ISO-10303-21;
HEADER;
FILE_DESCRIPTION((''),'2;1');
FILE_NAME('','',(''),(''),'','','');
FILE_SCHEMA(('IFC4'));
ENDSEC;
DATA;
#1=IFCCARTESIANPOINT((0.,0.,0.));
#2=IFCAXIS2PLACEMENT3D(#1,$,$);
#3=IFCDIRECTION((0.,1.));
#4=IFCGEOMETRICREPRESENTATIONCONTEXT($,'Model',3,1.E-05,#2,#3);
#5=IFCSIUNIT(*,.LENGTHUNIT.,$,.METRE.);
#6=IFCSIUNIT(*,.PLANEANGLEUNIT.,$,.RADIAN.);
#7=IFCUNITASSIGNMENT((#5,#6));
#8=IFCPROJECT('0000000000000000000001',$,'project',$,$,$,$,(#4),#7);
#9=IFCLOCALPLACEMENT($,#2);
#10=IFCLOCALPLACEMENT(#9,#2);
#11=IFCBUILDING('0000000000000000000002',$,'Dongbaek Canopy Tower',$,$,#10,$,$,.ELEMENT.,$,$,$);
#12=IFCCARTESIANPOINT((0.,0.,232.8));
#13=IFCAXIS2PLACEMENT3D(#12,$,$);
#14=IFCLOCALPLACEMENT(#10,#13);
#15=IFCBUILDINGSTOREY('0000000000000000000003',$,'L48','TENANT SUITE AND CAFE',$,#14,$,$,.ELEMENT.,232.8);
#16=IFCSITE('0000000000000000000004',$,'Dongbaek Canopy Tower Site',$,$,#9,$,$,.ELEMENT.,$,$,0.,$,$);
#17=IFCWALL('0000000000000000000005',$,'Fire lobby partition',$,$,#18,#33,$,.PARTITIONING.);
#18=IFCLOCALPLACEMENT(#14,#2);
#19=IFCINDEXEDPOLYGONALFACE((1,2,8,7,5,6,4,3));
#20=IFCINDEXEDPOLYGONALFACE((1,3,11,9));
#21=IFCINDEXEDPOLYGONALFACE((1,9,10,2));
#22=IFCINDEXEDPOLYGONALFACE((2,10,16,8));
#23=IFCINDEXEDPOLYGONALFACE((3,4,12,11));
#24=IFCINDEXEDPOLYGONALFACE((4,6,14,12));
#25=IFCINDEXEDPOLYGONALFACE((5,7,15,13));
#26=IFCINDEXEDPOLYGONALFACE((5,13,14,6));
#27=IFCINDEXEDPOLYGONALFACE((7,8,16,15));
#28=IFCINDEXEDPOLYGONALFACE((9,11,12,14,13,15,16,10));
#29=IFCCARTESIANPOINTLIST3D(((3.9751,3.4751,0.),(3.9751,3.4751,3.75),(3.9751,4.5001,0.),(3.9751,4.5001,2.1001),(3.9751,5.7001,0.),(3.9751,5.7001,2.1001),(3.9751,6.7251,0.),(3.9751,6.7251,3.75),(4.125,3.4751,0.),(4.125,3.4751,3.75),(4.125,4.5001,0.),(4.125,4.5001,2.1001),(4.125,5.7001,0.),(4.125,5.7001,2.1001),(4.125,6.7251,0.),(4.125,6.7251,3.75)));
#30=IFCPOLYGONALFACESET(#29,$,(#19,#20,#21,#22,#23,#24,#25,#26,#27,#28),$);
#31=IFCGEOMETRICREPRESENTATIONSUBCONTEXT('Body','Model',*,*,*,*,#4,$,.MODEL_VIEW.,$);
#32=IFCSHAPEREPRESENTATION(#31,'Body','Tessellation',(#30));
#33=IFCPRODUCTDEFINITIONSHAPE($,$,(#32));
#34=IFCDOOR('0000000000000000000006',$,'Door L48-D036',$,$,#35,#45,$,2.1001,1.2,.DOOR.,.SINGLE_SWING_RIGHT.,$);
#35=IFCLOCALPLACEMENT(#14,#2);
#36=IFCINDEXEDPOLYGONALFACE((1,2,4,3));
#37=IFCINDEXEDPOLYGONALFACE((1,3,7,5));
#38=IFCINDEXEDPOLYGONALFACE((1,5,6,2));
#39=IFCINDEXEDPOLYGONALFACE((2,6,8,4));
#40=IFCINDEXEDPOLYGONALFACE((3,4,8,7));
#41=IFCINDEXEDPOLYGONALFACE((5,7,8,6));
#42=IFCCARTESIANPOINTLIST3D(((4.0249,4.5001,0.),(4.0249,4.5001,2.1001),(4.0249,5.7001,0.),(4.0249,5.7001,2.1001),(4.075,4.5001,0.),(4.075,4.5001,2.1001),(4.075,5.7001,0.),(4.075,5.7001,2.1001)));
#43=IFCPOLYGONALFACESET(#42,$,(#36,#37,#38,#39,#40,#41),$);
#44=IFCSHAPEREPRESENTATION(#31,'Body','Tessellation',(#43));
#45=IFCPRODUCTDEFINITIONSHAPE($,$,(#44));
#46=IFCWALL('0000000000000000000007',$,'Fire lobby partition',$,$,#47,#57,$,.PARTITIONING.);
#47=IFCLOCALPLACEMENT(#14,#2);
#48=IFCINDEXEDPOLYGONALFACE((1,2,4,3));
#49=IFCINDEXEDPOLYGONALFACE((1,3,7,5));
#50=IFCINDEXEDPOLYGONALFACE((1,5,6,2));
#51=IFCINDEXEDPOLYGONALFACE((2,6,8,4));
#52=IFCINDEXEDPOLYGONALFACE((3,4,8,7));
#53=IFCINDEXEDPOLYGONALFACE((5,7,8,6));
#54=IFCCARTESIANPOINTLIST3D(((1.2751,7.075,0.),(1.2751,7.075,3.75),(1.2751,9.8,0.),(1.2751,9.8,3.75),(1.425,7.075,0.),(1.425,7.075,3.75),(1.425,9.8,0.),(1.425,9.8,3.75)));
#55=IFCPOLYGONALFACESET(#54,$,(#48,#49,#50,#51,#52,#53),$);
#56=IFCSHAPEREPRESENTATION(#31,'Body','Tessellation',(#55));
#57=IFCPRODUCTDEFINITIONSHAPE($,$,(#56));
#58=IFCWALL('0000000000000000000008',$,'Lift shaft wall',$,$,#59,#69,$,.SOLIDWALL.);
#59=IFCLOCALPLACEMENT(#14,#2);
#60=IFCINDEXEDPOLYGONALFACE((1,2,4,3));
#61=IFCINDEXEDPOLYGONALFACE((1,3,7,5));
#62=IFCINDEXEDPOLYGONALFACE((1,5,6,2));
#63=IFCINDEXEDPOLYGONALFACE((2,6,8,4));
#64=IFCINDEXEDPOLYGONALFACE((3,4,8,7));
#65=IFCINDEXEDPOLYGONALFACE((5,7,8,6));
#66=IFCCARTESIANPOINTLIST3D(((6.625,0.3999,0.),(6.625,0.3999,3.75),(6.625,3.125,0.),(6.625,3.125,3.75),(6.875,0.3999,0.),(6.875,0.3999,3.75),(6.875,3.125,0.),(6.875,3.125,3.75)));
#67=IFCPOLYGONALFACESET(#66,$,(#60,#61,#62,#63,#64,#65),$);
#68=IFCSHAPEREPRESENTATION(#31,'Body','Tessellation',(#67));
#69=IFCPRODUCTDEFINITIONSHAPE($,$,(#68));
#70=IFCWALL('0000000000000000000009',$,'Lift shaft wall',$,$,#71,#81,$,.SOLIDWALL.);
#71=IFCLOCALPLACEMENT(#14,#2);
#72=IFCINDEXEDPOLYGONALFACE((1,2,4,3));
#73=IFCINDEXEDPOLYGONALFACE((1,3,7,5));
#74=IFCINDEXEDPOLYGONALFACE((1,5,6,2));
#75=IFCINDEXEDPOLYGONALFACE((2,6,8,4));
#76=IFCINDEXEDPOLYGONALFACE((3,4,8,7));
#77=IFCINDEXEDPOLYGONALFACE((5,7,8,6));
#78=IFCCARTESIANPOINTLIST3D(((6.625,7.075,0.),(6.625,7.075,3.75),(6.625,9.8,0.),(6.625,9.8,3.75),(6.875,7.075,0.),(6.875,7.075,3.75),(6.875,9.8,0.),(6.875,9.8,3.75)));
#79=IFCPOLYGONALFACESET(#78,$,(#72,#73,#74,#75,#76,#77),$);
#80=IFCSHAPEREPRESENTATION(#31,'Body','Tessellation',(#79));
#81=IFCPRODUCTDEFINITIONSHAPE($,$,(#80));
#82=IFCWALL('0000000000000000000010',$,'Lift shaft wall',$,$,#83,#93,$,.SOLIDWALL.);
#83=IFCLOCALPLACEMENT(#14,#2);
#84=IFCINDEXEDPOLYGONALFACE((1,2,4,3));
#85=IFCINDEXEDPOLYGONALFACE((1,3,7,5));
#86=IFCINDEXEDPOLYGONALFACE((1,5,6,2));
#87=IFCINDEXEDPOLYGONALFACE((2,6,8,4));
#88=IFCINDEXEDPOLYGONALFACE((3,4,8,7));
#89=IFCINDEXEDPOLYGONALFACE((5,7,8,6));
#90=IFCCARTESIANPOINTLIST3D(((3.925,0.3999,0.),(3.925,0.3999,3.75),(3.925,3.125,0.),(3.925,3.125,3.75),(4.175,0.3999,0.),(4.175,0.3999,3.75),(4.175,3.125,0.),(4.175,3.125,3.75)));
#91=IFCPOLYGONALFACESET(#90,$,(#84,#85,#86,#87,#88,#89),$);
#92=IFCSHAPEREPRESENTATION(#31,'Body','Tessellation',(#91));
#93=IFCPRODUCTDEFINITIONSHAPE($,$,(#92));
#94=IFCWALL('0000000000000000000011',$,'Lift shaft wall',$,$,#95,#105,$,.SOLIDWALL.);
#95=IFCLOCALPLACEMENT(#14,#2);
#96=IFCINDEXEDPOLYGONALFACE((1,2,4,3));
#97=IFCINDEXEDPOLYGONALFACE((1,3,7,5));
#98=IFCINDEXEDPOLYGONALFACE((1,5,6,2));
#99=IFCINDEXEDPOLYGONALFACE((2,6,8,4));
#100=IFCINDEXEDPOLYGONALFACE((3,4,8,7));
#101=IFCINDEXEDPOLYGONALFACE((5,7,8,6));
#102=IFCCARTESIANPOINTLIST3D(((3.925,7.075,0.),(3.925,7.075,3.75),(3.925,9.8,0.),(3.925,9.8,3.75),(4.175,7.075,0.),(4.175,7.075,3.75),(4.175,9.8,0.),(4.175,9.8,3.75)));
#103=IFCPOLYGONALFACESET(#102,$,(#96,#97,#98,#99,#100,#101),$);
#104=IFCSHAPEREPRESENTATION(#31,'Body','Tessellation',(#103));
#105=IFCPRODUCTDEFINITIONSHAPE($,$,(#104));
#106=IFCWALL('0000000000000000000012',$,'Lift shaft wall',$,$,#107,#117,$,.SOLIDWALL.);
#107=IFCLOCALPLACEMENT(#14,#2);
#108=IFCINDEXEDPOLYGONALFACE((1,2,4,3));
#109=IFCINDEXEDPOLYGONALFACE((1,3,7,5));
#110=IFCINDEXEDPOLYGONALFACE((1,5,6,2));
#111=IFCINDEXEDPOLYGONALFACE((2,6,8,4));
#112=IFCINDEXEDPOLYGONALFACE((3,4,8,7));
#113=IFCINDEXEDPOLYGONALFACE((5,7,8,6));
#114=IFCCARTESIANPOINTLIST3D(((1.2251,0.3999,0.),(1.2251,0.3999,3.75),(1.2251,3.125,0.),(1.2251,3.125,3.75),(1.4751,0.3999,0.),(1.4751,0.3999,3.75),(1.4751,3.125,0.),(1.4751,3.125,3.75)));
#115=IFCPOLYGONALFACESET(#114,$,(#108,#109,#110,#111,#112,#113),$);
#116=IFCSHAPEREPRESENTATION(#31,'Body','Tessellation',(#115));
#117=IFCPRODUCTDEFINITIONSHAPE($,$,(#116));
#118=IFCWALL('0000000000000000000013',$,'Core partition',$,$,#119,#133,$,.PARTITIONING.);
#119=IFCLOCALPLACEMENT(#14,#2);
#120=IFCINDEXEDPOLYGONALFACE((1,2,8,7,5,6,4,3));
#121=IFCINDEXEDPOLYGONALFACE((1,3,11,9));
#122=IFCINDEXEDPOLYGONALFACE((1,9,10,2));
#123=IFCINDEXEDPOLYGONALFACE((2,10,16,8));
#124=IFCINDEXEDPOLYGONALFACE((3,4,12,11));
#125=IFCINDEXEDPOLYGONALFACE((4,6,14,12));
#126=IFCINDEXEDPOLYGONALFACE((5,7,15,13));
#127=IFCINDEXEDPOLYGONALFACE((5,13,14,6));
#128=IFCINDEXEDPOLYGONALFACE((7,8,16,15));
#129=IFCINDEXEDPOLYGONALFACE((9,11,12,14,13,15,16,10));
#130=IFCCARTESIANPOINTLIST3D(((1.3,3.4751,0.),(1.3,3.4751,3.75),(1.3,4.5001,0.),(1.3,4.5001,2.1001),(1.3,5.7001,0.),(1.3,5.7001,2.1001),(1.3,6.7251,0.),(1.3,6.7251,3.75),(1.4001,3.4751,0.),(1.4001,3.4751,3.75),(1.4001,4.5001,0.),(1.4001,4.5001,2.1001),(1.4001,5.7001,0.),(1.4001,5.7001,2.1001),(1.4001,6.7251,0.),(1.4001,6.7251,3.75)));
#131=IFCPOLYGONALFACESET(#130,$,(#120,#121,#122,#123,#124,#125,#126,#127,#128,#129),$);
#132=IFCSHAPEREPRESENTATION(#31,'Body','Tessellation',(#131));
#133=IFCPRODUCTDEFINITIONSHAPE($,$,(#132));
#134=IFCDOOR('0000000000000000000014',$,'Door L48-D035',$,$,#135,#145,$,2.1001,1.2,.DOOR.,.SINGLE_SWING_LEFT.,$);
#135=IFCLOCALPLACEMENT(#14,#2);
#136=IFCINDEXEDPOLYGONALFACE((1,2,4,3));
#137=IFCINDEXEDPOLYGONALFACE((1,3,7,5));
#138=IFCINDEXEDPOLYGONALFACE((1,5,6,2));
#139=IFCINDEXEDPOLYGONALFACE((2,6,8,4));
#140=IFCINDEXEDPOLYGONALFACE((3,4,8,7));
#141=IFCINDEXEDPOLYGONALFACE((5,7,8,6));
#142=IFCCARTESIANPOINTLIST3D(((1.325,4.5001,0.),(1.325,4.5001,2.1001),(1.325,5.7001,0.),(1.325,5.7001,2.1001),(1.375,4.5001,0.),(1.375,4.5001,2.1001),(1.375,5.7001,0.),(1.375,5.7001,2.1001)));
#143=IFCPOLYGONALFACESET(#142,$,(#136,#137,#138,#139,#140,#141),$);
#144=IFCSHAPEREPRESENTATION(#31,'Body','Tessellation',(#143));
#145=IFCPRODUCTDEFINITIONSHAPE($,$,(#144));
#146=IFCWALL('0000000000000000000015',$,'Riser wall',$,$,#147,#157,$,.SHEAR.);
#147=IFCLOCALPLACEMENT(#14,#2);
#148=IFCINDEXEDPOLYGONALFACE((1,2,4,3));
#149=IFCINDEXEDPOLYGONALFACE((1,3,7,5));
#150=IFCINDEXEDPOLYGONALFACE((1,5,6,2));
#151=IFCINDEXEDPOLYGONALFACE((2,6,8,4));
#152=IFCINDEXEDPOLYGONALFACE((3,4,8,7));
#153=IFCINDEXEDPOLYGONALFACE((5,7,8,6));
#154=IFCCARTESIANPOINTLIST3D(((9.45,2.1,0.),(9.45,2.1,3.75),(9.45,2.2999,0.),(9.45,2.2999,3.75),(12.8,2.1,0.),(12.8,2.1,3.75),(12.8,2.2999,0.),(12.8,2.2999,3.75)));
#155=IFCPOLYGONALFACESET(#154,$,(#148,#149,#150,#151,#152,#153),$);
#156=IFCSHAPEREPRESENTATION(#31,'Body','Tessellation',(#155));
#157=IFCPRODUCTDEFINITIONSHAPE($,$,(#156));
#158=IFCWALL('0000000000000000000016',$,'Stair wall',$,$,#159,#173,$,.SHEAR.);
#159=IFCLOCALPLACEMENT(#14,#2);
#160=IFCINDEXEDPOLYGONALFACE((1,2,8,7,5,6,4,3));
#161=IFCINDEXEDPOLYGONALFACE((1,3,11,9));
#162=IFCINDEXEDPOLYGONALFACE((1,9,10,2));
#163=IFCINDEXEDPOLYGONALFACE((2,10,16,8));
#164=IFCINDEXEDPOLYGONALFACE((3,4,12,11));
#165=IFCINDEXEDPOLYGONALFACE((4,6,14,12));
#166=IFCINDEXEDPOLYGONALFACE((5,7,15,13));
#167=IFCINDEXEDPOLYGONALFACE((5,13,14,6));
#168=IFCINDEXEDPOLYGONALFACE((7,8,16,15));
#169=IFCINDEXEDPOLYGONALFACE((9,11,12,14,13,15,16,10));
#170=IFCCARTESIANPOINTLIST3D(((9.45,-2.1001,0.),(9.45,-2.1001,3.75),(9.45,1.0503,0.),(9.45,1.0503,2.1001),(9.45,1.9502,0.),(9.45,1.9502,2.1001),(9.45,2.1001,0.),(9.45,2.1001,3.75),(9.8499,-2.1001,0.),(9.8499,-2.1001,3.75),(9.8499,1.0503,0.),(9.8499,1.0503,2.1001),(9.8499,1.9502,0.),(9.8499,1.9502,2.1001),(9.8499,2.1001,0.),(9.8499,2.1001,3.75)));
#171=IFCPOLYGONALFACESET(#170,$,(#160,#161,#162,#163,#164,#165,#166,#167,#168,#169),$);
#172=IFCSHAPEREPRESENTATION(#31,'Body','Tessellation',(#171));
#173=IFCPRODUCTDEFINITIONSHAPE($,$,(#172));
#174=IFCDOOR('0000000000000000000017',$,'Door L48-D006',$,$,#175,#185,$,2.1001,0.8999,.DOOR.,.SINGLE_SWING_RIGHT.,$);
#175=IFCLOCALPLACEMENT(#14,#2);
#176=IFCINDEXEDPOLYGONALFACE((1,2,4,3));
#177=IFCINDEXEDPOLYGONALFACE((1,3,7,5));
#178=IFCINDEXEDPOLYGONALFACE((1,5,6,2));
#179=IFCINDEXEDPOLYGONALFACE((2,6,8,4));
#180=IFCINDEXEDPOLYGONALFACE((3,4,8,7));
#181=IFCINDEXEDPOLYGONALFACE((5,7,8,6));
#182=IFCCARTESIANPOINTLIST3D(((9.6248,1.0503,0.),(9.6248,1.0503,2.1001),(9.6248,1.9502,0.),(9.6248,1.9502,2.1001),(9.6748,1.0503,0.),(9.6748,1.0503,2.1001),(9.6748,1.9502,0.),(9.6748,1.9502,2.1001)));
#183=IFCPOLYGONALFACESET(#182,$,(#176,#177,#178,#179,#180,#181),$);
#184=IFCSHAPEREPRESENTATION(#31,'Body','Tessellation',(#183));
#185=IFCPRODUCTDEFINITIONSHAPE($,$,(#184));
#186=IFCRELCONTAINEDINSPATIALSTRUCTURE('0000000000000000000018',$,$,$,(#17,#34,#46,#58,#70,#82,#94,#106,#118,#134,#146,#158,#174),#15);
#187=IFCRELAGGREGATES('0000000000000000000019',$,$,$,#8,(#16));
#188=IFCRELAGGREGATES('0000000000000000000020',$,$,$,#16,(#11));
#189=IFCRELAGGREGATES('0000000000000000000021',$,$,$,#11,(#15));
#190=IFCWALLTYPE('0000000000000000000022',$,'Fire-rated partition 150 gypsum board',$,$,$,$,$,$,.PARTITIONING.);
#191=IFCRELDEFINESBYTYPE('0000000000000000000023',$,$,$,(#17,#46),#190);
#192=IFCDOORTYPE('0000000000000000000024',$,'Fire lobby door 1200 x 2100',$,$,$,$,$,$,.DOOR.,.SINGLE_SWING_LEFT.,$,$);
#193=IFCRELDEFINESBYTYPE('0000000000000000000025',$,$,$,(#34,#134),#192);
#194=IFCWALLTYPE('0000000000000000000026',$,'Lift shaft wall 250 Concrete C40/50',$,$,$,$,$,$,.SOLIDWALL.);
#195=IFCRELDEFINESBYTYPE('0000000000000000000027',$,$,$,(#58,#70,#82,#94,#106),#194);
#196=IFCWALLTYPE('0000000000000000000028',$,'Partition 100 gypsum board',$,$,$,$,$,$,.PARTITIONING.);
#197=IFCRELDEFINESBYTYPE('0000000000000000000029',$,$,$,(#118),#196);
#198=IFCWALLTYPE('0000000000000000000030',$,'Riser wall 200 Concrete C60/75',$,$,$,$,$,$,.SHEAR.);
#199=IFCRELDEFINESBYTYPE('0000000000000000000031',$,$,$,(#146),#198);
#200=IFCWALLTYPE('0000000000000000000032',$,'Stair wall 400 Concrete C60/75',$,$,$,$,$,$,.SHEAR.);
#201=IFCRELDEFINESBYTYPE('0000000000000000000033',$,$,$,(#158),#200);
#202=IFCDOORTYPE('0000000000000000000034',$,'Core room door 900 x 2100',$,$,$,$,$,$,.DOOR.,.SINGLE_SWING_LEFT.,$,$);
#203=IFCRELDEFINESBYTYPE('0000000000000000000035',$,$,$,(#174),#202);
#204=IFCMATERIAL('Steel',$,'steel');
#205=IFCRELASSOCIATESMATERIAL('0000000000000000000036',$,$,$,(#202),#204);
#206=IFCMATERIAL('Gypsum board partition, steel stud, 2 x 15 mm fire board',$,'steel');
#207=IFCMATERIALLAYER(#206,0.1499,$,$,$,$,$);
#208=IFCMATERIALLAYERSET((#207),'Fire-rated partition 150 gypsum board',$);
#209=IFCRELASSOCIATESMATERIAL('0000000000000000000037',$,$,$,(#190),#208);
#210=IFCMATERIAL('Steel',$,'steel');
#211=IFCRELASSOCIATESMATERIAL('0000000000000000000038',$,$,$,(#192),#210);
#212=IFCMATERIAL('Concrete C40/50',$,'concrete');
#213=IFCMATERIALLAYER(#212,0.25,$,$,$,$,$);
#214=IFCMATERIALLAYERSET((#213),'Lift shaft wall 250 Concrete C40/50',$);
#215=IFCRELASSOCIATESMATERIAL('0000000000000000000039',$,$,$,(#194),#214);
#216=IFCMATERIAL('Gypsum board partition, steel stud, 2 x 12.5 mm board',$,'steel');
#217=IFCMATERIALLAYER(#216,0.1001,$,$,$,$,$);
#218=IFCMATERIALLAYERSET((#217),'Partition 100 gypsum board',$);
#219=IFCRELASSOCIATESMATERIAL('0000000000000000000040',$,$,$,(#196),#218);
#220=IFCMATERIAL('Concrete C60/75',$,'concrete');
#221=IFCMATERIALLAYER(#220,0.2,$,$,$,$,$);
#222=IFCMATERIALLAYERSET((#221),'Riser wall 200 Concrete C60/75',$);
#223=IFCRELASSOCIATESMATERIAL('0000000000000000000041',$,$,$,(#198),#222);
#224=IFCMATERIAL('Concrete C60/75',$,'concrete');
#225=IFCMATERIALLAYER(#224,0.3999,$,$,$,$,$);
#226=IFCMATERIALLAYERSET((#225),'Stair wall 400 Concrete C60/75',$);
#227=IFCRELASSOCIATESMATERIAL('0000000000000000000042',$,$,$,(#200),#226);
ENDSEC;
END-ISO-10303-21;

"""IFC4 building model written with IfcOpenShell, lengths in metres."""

from ifc_helpers import new_model, si_unit, direction, frame, frame_2d, origin, place, context, subcontext, project, spatial, rectangle, extrude, material, layer, layer_set, type_object, element, fill, save


model = new_model("IFC4")

# Units and contexts
model_context = context("Model", 3, precision=1e-05, world=origin(), true_north=direction((0.0, 1.0)))
body_context = subcontext(model_context, "Body", "Model", "MODEL_VIEW")
ifc_project = project(units=[si_unit("LENGTHUNIT", "METRE"), si_unit("PLANEANGLEUNIT", "RADIAN")], contexts=[model_context])

# Site, building, storey
site_placement = place(None, origin())
site = spatial("IfcSite", under=ifc_project, at=site_placement, Name="Dongbaek Canopy Tower Site", CompositionType="ELEMENT", RefElevation=0.0)
building_placement = place(site_placement, origin())
building = spatial("IfcBuilding", under=site, at=building_placement, Name="Dongbaek Canopy Tower", CompositionType="ELEMENT")
storey_placement = place(building_placement, frame((0.0, 0.0, 232.8)))
storey = spatial("IfcBuildingStorey", under=building, at=storey_placement, Name="L48", Description="TENANT SUITE AND CAFE", CompositionType="ELEMENT", Elevation=232.8)

# Shared definitions
ifc_material_1 = material(Name="Steel", Category="steel")
door_type_1 = type_object("IfcDoorType", Name="Core room door 900 x 2100", OperationType="SINGLE_SWING_LEFT", PredefinedType="DOOR", material=ifc_material_1)

# Wall, opening, door
ifc_material_2 = material(Name="Gypsum board partition, steel stud, 2 x 15 mm fire board", Category="steel")
ifc_layer_1 = layer(ifc_material_2, 0.1499)
ifc_layer_set_1 = layer_set([ifc_layer_1], Name="Fire-rated partition 150 gypsum board")
wall_type_1 = type_object("IfcWallType", Name="Fire-rated partition 150 gypsum board", PredefinedType="PARTITIONING", material=ifc_layer_set_1)
wall_1_placement = place(storey_placement, frame((4.05, 6.7251, 0.0), z_axis=(0.0, 0.0, 1.0), x_axis=(0.0, -1.0, 0.0)))
wall_1 = element("IfcWall", 1, at=wall_1_placement, inside=storey, type_object=wall_type_1, Name="Fire lobby partition", PredefinedType="PARTITIONING", context=body_context, shape_type="SweptSolid", body=[
    extrude(rectangle(XDim=3.25, YDim=0.1499, at=frame_2d((1.625, 0.0))), origin(), (0.0, 0.0, 1.0), 3.75),
])
opening_1_placement = place(wall_1_placement, frame((1.0249, 0.0, 0.0)))
opening_1 = element("IfcOpeningElement", 2, at=opening_1_placement, cuts=wall_1, PredefinedType="OPENING", context=body_context, shape_type="SweptSolid", body=[
    extrude(rectangle(XDim=1.2, YDim=2.1001, at=frame_2d((0.6001, 1.05))), frame((0.0, 0.085, 0.0), z_axis=(0.0, -1.0, 0.0), x_axis=(1.0, 0.0, 0.0)), (0.0, 0.0, 1.0), 0.1699),
])
ifc_material_3 = material(Name="Steel", Category="steel")
door_type_2 = type_object("IfcDoorType", Name="Fire lobby door 1200 x 2100", OperationType="SINGLE_SWING_LEFT", PredefinedType="DOOR", material=ifc_material_3)
door_1_placement = place(opening_1_placement, origin())
door_1 = element("IfcDoor", 3, at=door_1_placement, inside=storey, type_object=door_type_2, Name="Door L48-D036", OperationType="SINGLE_SWING_RIGHT", OverallHeight=2.1001, OverallWidth=1.2, PredefinedType="DOOR", context=body_context, shape_type="SweptSolid", body=[
    extrude(rectangle(XDim=1.2, YDim=2.1001, at=frame_2d((0.6001, 1.05))), frame((0.0, 0.0249, 0.0), z_axis=(0.0, -1.0, 0.0), x_axis=(1.0, 0.0, 0.0)), (0.0, 0.0, 1.0), 0.05),
])
fill(opening_1, door_1)

# Walls
wall_2_placement = place(storey_placement, frame((1.3501, 7.075, 0.0), z_axis=(0.0, 0.0, 1.0), x_axis=(0.0, 1.0, 0.0)))
element("IfcWall", 4, at=wall_2_placement, inside=storey, type_object=wall_type_1, Name="Fire lobby partition", PredefinedType="PARTITIONING", context=body_context, shape_type="SweptSolid", body=[
    extrude(rectangle(XDim=2.7251, YDim=0.1499, at=frame_2d((1.3625, 0.0))), origin(), (0.0, 0.0, 1.0), 3.75),
])
ifc_material_4 = material(Name="Concrete C40/50", Category="concrete")
ifc_layer_2 = layer(ifc_material_4, 0.25)
ifc_layer_set_2 = layer_set([ifc_layer_2], Name="Lift shaft wall 250 Concrete C40/50")
wall_type_2 = type_object("IfcWallType", Name="Lift shaft wall 250 Concrete C40/50", PredefinedType="SOLIDWALL", material=ifc_layer_set_2)
for number, where, z_axis, x_axis, name in (
    (5, (6.75, 0.3999, 0.0), (0.0, 0.0, 1.0), (0.0, 1.0, 0.0), "Lift shaft wall"),
    (6, (6.75, 7.075, 0.0), (0.0, 0.0, 1.0), (0.0, 1.0, 0.0), "Lift shaft wall"),
    (7, (4.05, 0.3999, 0.0), (0.0, 0.0, 1.0), (0.0, 1.0, 0.0), "Lift shaft wall"),
    (8, (4.05, 7.075, 0.0), (0.0, 0.0, 1.0), (0.0, 1.0, 0.0), "Lift shaft wall"),
    (9, (1.3501, 0.3999, 0.0), (0.0, 0.0, 1.0), (0.0, 1.0, 0.0), "Lift shaft wall"),
):
    element("IfcWall", number, at=place(storey_placement, frame(where, z_axis=z_axis, x_axis=x_axis)), inside=storey, type_object=wall_type_2, Name=name, PredefinedType="SOLIDWALL", context=body_context, shape_type="SweptSolid", body=[
        extrude(rectangle(XDim=2.7251, YDim=0.25, at=frame_2d((1.3625, 0.0))), origin(), (0.0, 0.0, 1.0), 3.75),
    ])

# Wall, opening, door
ifc_material_5 = material(Name="Gypsum board partition, steel stud, 2 x 12.5 mm board", Category="steel")
ifc_layer_3 = layer(ifc_material_5, 0.1001)
ifc_layer_set_3 = layer_set([ifc_layer_3], Name="Partition 100 gypsum board")
wall_type_3 = type_object("IfcWallType", Name="Partition 100 gypsum board", PredefinedType="PARTITIONING", material=ifc_layer_set_3)
wall_3_placement = place(storey_placement, frame((1.3501, 6.7251, 0.0), z_axis=(0.0, 0.0, 1.0), x_axis=(0.0, -1.0, 0.0)))
wall_3 = element("IfcWall", 10, at=wall_3_placement, inside=storey, type_object=wall_type_3, Name="Core partition", PredefinedType="PARTITIONING", context=body_context, shape_type="SweptSolid", body=[
    extrude(rectangle(XDim=3.25, YDim=0.1001, at=frame_2d((1.625, 0.0))), origin(), (0.0, 0.0, 1.0), 3.75),
])
opening_2_placement = place(wall_3_placement, frame((1.0249, 0.0, 0.0)))
opening_2 = element("IfcOpeningElement", 11, at=opening_2_placement, cuts=wall_3, PredefinedType="OPENING", context=body_context, shape_type="SweptSolid", body=[
    extrude(rectangle(XDim=1.2, YDim=2.1001, at=frame_2d((0.6001, 1.05))), frame((0.0, 0.0601, 0.0), z_axis=(0.0, -1.0, 0.0), x_axis=(1.0, 0.0, 0.0)), (0.0, 0.0, 1.0), 0.1201),
])
door_2_placement = place(opening_2_placement, origin())
door_2 = element("IfcDoor", 12, at=door_2_placement, inside=storey, type_object=door_type_2, Name="Door L48-D035", OperationType="SINGLE_SWING_LEFT", OverallHeight=2.1001, OverallWidth=1.2, PredefinedType="DOOR", context=body_context, shape_type="SweptSolid", body=[
    extrude(rectangle(XDim=1.2, YDim=2.1001, at=frame_2d((0.6001, 1.05))), frame((0.0, 0.0249, 0.0), z_axis=(0.0, -1.0, 0.0), x_axis=(1.0, 0.0, 0.0)), (0.0, 0.0, 1.0), 0.05),
])
fill(opening_2, door_2)

# Wall
ifc_material_6 = material(Name="Concrete C60/75", Category="concrete")
ifc_layer_4 = layer(ifc_material_6, 0.2)
ifc_layer_set_4 = layer_set([ifc_layer_4], Name="Riser wall 200 Concrete C60/75")
wall_type_4 = type_object("IfcWallType", Name="Riser wall 200 Concrete C60/75", PredefinedType="SHEAR", material=ifc_layer_set_4)
wall_4_placement = place(storey_placement, frame((9.45, 2.2, 0.0), z_axis=(0.0, 0.0, 1.0), x_axis=(1.0, 0.0, 0.0)))
element("IfcWall", 13, at=wall_4_placement, inside=storey, type_object=wall_type_4, Name="Riser wall", PredefinedType="SHEAR", context=body_context, shape_type="SweptSolid", body=[
    extrude(rectangle(XDim=3.3501, YDim=0.2, at=frame_2d((1.675, 0.0))), origin(), (0.0, 0.0, 1.0), 3.75),
])

# Wall, opening, door
ifc_material_7 = material(Name="Concrete C60/75", Category="concrete")
ifc_layer_5 = layer(ifc_material_7, 0.3999)
ifc_layer_set_5 = layer_set([ifc_layer_5], Name="Stair wall 400 Concrete C60/75")
wall_type_5 = type_object("IfcWallType", Name="Stair wall 400 Concrete C60/75", PredefinedType="SHEAR", material=ifc_layer_set_5)
wall_5_placement = place(storey_placement, frame((9.6499, 2.1001, 0.0), z_axis=(0.0, 0.0, 1.0), x_axis=(0.0, -1.0, 0.0)))
wall_5 = element("IfcWall", 14, at=wall_5_placement, inside=storey, type_object=wall_type_5, Name="Stair wall", PredefinedType="SHEAR", context=body_context, shape_type="SweptSolid", body=[
    extrude(rectangle(XDim=4.2002, YDim=0.3999, at=frame_2d((2.1001, 0.0))), origin(), (0.0, 0.0, 1.0), 3.75),
])
opening_3_placement = place(wall_5_placement, frame((0.1499, 0.0, 0.0)))
opening_3 = element("IfcOpeningElement", 15, at=opening_3_placement, cuts=wall_5, PredefinedType="OPENING", context=body_context, shape_type="SweptSolid", body=[
    extrude(rectangle(XDim=0.8999, YDim=2.1001, at=frame_2d((0.45, 1.05))), frame((0.0, 0.21, 0.0), z_axis=(0.0, -1.0, 0.0), x_axis=(1.0, 0.0, 0.0)), (0.0, 0.0, 1.0), 0.4199),
])
door_3_placement = place(opening_3_placement, origin())
door_3 = element("IfcDoor", 16, at=door_3_placement, inside=storey, type_object=door_type_1, Name="Door L48-D006", OperationType="SINGLE_SWING_RIGHT", OverallHeight=2.1001, OverallWidth=0.8999, PredefinedType="DOOR", context=body_context, shape_type="SweptSolid", body=[
    extrude(rectangle(XDim=0.8999, YDim=2.1001, at=frame_2d((0.45, 1.05))), frame((0.0, 0.0249, 0.0), z_axis=(0.0, -1.0, 0.0), x_axis=(1.0, 0.0, 0.0)), (0.0, 0.0, 1.0), 0.05),
])
fill(opening_3, door_3)

save(model, "model.ifc")
